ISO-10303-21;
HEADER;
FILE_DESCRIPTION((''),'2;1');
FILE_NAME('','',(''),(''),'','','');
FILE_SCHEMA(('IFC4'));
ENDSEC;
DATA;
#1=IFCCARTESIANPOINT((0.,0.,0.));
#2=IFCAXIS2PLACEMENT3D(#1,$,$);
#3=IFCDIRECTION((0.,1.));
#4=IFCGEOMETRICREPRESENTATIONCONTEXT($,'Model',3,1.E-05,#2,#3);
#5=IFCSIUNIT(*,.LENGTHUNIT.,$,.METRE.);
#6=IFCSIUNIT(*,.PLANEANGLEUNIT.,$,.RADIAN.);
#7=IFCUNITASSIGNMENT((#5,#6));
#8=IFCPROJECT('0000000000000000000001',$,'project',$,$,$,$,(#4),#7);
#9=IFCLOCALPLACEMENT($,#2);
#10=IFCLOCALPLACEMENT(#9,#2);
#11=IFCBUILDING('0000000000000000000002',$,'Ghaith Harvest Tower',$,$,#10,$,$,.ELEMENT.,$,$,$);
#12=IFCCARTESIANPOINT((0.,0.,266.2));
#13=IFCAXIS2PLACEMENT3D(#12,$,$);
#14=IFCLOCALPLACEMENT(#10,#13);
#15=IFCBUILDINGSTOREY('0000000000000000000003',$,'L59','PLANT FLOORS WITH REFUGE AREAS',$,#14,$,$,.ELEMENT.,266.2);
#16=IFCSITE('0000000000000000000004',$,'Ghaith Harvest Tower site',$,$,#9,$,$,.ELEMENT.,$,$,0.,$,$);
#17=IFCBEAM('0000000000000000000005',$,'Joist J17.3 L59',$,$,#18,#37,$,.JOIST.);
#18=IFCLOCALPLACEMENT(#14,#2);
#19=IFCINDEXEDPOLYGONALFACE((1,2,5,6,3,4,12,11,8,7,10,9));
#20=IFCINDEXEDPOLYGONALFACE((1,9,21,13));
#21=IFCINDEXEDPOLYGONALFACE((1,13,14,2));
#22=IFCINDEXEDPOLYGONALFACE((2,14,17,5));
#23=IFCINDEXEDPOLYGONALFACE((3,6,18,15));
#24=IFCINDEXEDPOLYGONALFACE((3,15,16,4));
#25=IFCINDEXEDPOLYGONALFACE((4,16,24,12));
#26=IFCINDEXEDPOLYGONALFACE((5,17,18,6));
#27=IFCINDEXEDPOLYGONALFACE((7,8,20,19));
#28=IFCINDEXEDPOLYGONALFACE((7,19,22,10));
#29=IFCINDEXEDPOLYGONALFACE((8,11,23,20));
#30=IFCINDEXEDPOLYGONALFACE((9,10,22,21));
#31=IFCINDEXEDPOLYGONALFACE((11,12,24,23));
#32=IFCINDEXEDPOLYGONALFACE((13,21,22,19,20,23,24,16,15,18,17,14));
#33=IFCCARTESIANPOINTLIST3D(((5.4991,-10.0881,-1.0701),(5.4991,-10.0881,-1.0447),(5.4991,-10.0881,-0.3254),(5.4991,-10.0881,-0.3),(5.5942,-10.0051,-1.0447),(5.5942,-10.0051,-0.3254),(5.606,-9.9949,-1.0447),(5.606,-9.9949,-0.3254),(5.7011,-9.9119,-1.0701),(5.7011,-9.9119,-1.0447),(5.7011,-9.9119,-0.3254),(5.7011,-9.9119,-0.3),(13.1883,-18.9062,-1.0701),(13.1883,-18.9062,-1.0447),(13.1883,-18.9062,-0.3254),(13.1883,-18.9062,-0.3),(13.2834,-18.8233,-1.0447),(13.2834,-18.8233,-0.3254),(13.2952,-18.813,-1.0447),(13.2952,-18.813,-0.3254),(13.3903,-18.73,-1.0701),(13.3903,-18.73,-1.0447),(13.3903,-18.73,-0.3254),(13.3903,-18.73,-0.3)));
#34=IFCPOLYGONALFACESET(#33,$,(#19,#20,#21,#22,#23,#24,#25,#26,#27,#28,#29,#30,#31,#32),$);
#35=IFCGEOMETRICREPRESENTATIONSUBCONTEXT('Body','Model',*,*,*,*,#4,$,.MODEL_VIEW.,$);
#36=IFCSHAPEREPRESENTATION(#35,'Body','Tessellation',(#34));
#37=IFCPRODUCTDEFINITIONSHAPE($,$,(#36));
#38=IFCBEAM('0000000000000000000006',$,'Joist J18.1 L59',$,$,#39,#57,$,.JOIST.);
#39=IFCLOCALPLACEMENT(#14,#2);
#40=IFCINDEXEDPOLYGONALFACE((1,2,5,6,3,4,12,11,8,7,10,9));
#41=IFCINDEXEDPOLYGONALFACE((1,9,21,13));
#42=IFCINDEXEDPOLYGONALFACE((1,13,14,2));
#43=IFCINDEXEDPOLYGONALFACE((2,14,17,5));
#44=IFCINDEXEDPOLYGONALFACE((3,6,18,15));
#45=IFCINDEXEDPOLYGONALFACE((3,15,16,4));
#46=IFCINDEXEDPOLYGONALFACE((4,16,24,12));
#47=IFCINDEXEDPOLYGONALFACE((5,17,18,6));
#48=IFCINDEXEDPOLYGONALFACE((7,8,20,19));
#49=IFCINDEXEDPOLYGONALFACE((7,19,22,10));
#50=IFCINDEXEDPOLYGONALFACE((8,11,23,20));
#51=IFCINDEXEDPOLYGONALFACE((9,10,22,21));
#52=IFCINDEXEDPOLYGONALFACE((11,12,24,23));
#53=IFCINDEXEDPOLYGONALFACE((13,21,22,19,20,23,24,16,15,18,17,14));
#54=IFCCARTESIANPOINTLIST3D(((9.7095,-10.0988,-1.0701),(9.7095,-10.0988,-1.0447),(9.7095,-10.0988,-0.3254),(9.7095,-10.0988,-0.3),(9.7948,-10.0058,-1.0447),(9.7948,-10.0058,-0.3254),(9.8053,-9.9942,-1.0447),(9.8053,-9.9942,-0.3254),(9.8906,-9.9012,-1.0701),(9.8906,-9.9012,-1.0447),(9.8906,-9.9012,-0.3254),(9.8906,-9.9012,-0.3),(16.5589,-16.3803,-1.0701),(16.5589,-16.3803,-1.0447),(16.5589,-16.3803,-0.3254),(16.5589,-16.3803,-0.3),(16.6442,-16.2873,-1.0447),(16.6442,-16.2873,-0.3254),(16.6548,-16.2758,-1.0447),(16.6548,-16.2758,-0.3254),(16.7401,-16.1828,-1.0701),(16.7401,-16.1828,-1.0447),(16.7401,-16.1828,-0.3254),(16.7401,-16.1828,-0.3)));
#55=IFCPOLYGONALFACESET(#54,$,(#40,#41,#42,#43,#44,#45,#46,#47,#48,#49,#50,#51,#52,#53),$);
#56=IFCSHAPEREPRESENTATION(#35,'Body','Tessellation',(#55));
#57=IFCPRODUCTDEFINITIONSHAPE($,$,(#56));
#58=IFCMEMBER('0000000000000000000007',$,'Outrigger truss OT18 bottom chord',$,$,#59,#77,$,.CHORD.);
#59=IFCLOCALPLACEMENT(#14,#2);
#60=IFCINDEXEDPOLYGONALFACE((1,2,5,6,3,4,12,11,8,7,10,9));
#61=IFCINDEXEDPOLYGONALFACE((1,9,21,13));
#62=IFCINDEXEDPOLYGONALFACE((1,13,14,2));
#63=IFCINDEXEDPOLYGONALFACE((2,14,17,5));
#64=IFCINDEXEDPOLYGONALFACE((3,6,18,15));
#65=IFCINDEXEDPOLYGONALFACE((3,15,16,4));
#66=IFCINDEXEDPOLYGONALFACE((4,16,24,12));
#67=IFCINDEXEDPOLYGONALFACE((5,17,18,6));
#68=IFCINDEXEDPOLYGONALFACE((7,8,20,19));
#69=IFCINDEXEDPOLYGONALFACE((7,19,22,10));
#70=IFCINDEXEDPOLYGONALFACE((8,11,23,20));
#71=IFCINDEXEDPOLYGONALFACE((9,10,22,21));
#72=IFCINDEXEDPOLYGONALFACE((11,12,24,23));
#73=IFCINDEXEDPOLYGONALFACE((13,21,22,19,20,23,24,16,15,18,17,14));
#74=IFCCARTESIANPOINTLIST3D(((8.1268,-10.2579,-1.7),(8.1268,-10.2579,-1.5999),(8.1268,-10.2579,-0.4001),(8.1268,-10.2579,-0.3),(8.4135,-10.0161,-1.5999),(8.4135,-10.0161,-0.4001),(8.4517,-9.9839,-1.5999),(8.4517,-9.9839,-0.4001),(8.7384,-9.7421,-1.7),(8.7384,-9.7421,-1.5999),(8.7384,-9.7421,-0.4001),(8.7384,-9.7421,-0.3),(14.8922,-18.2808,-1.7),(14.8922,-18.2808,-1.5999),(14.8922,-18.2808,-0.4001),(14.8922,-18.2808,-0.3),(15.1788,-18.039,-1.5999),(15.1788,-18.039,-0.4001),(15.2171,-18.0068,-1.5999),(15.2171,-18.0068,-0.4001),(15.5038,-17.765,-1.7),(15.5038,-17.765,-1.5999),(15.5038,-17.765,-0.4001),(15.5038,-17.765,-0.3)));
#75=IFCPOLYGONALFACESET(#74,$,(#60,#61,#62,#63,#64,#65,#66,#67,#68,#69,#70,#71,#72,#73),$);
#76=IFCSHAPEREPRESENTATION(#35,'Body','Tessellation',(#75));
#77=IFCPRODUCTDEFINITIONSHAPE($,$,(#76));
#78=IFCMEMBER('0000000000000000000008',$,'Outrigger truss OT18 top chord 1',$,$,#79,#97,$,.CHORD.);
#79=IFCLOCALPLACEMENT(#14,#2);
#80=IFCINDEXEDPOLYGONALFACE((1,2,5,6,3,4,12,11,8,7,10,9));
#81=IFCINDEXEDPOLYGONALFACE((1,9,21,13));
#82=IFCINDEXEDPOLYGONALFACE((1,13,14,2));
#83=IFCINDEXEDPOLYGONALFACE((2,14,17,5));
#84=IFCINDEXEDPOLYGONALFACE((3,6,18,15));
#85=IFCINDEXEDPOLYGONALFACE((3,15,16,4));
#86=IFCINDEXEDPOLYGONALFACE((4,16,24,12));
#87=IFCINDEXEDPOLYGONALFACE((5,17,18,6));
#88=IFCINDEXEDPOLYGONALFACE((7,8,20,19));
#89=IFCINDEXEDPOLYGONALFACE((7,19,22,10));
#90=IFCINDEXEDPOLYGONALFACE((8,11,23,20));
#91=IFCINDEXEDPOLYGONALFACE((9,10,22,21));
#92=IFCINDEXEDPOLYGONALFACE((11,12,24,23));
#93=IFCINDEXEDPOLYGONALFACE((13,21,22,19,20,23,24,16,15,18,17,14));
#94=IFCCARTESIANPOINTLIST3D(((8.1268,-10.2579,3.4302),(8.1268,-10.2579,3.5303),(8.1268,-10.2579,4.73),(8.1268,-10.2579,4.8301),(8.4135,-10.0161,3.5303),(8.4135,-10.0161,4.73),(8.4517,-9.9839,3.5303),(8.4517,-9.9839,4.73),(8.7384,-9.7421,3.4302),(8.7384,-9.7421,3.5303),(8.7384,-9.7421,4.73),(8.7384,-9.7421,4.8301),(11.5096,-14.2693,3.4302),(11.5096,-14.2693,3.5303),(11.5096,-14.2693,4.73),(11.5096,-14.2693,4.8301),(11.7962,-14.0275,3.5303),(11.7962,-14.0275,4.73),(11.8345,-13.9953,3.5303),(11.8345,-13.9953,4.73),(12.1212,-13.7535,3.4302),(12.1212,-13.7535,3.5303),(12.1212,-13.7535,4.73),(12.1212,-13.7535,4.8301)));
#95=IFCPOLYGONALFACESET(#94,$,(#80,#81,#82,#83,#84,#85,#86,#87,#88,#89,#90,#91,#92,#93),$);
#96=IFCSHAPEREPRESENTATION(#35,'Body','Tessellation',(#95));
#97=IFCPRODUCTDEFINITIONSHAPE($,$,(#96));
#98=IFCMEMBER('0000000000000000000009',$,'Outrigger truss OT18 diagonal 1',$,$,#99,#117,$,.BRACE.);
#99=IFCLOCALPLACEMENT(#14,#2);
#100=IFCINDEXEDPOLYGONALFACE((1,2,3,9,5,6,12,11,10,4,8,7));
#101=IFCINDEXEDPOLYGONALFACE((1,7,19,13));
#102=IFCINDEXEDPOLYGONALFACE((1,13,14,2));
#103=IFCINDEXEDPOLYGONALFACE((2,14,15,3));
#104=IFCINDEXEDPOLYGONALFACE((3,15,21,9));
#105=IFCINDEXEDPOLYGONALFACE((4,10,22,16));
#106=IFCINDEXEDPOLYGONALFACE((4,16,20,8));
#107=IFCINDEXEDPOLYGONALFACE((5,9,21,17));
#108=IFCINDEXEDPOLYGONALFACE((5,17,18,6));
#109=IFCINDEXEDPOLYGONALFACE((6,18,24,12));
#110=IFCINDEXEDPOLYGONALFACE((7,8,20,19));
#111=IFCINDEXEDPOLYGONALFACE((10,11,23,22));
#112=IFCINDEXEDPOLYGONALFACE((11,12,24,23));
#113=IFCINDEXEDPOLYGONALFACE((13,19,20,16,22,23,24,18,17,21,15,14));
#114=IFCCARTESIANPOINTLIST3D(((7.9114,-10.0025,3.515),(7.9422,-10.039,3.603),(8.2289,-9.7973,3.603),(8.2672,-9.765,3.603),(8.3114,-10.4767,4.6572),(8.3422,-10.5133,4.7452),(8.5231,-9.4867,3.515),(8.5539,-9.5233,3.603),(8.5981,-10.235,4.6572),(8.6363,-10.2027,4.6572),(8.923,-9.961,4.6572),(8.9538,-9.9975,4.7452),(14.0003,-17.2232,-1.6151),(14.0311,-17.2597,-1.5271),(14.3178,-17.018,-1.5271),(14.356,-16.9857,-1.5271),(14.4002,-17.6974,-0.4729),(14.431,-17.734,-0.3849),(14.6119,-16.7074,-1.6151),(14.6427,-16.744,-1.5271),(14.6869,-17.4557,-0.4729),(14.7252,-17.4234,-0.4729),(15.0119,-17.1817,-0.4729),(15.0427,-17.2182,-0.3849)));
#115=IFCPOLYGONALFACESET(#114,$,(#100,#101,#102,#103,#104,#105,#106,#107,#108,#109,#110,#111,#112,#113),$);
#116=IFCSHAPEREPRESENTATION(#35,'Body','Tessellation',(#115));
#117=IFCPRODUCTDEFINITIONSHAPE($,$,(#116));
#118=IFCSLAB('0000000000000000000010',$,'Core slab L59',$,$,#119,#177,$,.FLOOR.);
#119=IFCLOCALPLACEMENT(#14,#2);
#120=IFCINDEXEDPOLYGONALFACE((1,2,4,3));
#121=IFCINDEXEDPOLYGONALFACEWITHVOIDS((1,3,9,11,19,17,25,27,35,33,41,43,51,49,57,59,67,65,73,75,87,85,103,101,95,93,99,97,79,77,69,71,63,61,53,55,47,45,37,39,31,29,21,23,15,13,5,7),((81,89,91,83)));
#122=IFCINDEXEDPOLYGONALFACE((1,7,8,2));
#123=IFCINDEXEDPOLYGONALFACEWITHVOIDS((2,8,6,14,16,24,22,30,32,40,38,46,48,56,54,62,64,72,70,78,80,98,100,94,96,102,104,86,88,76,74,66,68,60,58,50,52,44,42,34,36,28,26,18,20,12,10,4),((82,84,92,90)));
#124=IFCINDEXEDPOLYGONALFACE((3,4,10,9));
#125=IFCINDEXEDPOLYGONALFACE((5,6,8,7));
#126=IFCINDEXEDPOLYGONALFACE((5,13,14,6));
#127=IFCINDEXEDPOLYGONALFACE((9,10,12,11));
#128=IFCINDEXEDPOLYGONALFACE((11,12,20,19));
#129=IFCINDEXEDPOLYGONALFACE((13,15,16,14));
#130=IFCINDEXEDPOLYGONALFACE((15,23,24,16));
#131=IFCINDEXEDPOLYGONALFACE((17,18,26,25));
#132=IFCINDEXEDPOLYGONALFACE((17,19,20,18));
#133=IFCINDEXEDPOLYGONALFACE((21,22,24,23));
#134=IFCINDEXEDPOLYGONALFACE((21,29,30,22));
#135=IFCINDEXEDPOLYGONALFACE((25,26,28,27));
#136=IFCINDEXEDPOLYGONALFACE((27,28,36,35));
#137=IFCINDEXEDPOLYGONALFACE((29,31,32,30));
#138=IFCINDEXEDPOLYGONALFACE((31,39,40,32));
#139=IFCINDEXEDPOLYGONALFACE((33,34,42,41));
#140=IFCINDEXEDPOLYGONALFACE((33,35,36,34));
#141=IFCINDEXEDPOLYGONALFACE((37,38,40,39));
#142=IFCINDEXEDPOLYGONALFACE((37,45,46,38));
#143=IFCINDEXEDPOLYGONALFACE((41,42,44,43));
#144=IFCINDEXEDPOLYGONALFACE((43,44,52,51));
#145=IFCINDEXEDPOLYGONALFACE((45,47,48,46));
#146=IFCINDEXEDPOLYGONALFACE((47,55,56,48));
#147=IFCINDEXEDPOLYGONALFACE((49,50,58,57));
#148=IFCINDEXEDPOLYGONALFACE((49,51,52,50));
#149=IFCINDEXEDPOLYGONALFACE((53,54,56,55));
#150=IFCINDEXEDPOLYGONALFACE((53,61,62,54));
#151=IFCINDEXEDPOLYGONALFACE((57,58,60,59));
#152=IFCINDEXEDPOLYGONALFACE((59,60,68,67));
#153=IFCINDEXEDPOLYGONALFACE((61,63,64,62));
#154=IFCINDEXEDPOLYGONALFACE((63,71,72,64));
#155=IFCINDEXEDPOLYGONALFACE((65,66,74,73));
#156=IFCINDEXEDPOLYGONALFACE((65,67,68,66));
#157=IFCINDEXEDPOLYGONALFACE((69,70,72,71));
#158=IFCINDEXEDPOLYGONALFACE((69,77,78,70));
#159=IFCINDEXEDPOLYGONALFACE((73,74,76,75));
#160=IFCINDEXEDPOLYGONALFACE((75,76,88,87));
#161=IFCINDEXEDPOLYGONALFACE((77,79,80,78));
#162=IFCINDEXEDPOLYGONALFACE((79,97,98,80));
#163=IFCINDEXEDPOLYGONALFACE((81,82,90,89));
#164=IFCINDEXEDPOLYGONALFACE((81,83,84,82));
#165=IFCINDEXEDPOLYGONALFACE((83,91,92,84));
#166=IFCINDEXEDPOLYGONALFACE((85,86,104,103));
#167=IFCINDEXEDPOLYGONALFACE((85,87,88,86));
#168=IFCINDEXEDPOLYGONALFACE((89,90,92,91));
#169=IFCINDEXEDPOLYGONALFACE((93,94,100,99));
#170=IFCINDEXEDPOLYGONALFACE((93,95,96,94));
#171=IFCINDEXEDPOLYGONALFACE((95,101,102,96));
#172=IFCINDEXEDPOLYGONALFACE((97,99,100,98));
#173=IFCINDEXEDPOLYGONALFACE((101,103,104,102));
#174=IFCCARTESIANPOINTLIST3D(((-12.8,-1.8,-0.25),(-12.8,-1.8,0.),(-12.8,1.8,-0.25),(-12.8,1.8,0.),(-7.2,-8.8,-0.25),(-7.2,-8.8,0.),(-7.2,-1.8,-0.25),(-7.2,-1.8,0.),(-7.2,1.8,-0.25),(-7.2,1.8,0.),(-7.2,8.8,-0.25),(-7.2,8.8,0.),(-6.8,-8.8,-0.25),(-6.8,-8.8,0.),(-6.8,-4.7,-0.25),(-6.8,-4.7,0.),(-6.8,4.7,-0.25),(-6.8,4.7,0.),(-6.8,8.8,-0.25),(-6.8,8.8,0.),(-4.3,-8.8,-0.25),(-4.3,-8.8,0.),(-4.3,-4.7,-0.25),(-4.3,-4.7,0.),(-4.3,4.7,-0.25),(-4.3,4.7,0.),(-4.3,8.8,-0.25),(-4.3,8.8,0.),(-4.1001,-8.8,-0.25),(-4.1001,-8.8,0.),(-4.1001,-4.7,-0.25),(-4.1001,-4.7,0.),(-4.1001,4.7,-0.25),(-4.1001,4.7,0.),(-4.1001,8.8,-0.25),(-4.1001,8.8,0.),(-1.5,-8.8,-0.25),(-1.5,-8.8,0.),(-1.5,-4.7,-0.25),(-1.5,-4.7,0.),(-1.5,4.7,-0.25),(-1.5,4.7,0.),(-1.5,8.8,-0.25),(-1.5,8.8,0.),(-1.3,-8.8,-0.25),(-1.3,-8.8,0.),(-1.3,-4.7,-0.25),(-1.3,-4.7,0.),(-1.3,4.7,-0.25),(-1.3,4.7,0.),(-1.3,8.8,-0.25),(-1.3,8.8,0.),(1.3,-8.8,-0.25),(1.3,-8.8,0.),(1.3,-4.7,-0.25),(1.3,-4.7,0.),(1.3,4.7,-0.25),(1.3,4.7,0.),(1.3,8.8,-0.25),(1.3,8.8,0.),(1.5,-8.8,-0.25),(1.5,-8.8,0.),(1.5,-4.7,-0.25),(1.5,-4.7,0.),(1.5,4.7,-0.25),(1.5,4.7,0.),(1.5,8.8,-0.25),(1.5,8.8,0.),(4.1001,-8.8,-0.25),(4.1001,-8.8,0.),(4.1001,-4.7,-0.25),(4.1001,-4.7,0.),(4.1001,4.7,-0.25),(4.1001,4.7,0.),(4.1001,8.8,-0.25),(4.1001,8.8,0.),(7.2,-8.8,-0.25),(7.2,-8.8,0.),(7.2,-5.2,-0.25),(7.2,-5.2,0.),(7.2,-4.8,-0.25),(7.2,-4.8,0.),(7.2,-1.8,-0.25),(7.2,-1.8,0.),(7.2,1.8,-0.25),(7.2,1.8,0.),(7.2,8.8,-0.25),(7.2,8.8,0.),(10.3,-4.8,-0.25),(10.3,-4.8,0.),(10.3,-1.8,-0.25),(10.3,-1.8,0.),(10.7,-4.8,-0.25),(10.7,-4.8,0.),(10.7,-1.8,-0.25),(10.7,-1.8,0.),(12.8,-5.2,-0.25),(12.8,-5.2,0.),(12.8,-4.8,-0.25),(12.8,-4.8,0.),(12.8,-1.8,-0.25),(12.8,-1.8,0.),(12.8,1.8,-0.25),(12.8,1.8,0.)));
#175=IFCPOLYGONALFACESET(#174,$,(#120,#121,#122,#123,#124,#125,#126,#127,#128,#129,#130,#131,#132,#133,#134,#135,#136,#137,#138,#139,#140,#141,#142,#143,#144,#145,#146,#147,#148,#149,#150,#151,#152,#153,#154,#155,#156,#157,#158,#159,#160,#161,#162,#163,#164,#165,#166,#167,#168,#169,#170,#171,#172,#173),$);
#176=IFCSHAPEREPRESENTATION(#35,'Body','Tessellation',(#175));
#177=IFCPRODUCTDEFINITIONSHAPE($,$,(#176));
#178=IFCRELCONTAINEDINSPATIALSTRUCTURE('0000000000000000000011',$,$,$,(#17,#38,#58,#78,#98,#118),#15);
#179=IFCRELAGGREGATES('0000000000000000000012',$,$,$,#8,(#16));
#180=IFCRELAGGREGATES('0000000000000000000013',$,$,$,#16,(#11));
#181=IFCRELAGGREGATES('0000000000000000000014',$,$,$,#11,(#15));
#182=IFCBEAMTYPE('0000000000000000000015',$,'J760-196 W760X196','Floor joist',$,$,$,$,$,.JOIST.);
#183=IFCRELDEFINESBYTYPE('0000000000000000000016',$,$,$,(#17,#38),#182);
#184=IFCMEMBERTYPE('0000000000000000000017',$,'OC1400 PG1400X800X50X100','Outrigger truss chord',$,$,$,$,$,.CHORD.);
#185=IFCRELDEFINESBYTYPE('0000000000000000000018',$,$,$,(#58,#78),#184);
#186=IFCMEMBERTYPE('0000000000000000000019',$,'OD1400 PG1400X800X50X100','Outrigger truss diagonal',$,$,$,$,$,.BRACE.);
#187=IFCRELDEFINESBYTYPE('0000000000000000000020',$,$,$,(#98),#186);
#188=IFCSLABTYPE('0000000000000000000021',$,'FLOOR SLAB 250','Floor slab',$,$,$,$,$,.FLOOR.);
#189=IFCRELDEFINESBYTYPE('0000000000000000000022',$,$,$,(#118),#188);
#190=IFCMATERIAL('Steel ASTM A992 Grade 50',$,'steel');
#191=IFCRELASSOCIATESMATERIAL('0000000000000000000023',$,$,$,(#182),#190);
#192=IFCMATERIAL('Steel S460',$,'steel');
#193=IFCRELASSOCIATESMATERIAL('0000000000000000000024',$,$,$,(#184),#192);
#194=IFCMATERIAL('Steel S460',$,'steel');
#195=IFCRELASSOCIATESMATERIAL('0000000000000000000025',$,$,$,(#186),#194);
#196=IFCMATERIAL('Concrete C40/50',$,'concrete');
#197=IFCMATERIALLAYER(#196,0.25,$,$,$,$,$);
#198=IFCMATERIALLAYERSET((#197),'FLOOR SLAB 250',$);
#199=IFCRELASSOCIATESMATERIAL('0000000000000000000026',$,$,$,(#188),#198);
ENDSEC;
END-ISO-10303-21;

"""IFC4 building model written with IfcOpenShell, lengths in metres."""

from ifc_helpers import new_model, si_unit, direction, frame, origin, origin_2d, place, context, subcontext, project, spatial, polyline, i_section, outline, extrude, material, layer, layer_set, material_profile, profile_set, type_object, element, save


model = new_model("IFC4")

# Units and contexts
model_context = context("Model", 3, precision=1e-05, world=origin(), true_north=direction((0.0, 1.0)))
body_context = subcontext(model_context, "Body", "Model", "MODEL_VIEW")
ifc_project = project(units=[si_unit("LENGTHUNIT", "METRE"), si_unit("PLANEANGLEUNIT", "RADIAN")], contexts=[model_context])

# Site, building, storey
site_placement = place(None, origin())
site = spatial("IfcSite", under=ifc_project, at=site_placement, Name="Ghaith Harvest Tower site", CompositionType="ELEMENT", RefElevation=0.0)
building_placement = place(site_placement, origin())
building = spatial("IfcBuilding", under=site, at=building_placement, Name="Ghaith Harvest Tower", CompositionType="ELEMENT")
storey_placement = place(building_placement, frame((0.0, 0.0, 266.2)))
storey = spatial("IfcBuildingStorey", under=building, at=storey_placement, Name="L59", Description="PLANT FLOORS WITH REFUGE AREAS", CompositionType="ELEMENT", Elevation=266.2)

# Beams
ifc_material_1 = material(Name="Steel ASTM A992 Grade 50", Category="steel")
ifc_material_profile_1 = material_profile(ifc_material_1, i_section(OverallWidth=0.2681, OverallDepth=0.77, WebThickness=0.0156, FlangeThickness=0.0254, at=origin_2d()), Name="W760X196")
ifc_profile_set_1 = profile_set([ifc_material_profile_1], Name="Steel ASTM A992 Grade 50")
beam_type = type_object("IfcBeamType", Name="J760-196 W760X196", Description="Floor joist", PredefinedType="JOIST", material=ifc_profile_set_1)
beam_1_placement = place(storey_placement, frame((5.6001, -10.0, -0.6851), z_axis=(0.657214, -0.753704, 0.0), x_axis=(0.753704, 0.657214, 0.0)))
element("IfcBeam", 1, at=beam_1_placement, inside=storey, type_object=beam_type, Name="Joist J17.3 L59", PredefinedType="JOIST", context=body_context, shape_type="SweptSolid", body=[
    extrude(i_section(OverallWidth=0.2681, OverallDepth=0.77, WebThickness=0.0156, FlangeThickness=0.0254, at=origin_2d()), origin(), (0.0, 0.0, 1.0), 11.6997),
])
beam_2_placement = place(storey_placement, frame((9.8, -10.0, -0.6851), z_axis=(0.736998, -0.675895, 0.0), x_axis=(0.675895, 0.736998, 0.0)))
element("IfcBeam", 2, at=beam_2_placement, inside=storey, type_object=beam_type, Name="Joist J18.1 L59", PredefinedType="JOIST", context=body_context, shape_type="SweptSolid", body=[
    extrude(i_section(OverallWidth=0.2681, OverallDepth=0.77, WebThickness=0.0156, FlangeThickness=0.0254, at=origin_2d()), origin(), (0.0, 0.0, 1.0), 9.2937),
])

# Members
ifc_material_2 = material(Name="Steel S460", Category="steel")
ifc_material_profile_2 = material_profile(ifc_material_2, i_section(OverallWidth=0.8, OverallDepth=1.3999, WebThickness=0.05, FlangeThickness=0.1001, at=origin_2d()), Name="PG1400X800X50X100")
ifc_profile_set_2 = profile_set([ifc_material_profile_2], Name="Steel S460")
member_type_1 = type_object("IfcMemberType", Name="OC1400 PG1400X800X50X100", Description="Outrigger truss chord", PredefinedType="CHORD", material=ifc_profile_set_2)
member_1_placement = place(storey_placement, frame((8.4326, -10.0, -1.0), z_axis=(0.644649, -0.764478, 0.0), x_axis=(0.764478, 0.644649, 0.0)))
element("IfcMember", 3, at=member_1_placement, inside=storey, type_object=member_type_1, Name="Outrigger truss OT18 bottom chord", PredefinedType="CHORD", context=body_context, shape_type="SweptSolid", body=[
    extrude(i_section(OverallWidth=0.8, OverallDepth=1.3999, WebThickness=0.05, FlangeThickness=0.1001, at=origin_2d()), origin(), (0.0, 0.0, 1.0), 10.4946),
])
member_2_placement = place(storey_placement, frame((8.4326, -10.0, 4.1301), z_axis=(0.644663, -0.764467, 0.0), x_axis=(0.764467, 0.644663, 0.0)))
element("IfcMember", 4, at=member_2_placement, inside=storey, type_object=member_type_1, Name="Outrigger truss OT18 top chord 1", PredefinedType="CHORD", context=body_context, shape_type="SweptSolid", body=[
    extrude(i_section(OverallWidth=0.8, OverallDepth=1.3999, WebThickness=0.05, FlangeThickness=0.1001, at=origin_2d()), origin(), (0.0, 0.0, 1.0), 5.2473),
])
ifc_material_3 = material(Name="Steel S460", Category="steel")
ifc_material_profile_3 = material_profile(ifc_material_3, i_section(OverallWidth=0.8, OverallDepth=1.3999, WebThickness=0.05, FlangeThickness=0.1001, at=origin_2d()), Name="PG1400X800X50X100")
ifc_profile_set_3 = profile_set([ifc_material_profile_3], Name="Steel S460")
member_type_2 = type_object("IfcMemberType", Name="OD1400 PG1400X800X50X100", Description="Outrigger truss diagonal", PredefinedType="BRACE", material=ifc_profile_set_3)
member_3_placement = place(storey_placement, frame((8.4326, -10.0, 4.1301), z_axis=(0.566483, -0.671785, -0.477286), x_axis=(0.764479, 0.644648, 0.0)))
element("IfcMember", 5, at=member_3_placement, inside=storey, type_object=member_type_2, Name="Outrigger truss OT18 diagonal 1", PredefinedType="BRACE", context=body_context, shape_type="SweptSolid", body=[
    extrude(i_section(OverallWidth=0.8, OverallDepth=1.3999, WebThickness=0.05, FlangeThickness=0.1001, at=origin_2d()), origin(), (0.0, 0.0, 1.0), 10.7485),
])

# Slab
ifc_material_4 = material(Name="Concrete C40/50", Category="concrete")
ifc_layer_1 = layer(ifc_material_4, 0.25)
ifc_layer_set_1 = layer_set([ifc_layer_1], Name="FLOOR SLAB 250")
slab_type_1 = type_object("IfcSlabType", Name="FLOOR SLAB 250", Description="Floor slab", PredefinedType="FLOOR", material=ifc_layer_set_1)
slab_1_placement = place(storey_placement, frame((0.0, 0.0, -0.25)))
element("IfcSlab", 6, at=slab_1_placement, inside=storey, type_object=slab_type_1, Name="Core slab L59", PredefinedType="FLOOR", context=body_context, shape_type="SweptSolid", body=[
    extrude(outline(polyline([(-12.8, 1.8), (-7.2, 1.8), (-7.2, 8.8), (-6.8, 8.8), (-6.8, 4.7), (-4.3, 4.7), (-4.3, 8.8), (-4.1001, 8.8), (-4.1001, 4.7), (-1.5, 4.7), (-1.5, 8.8), (-1.3, 8.8), (-1.3, 4.7), (1.3, 4.7), (1.3, 8.8), (1.5, 8.8), (1.5, 4.7), (4.1001, 4.7), (4.1001, 8.8), (7.2, 8.8), (7.2, 1.8), (12.8, 1.8), (12.8, -1.8), (10.7, -1.8), (10.7, -4.8), (12.8, -4.8), (12.8, -5.2), (7.2, -5.2), (7.2, -8.8), (4.1001, -8.8), (4.1001, -4.7), (1.5, -4.7), (1.5, -8.8), (1.3, -8.8), (1.3, -4.7), (-1.3, -4.7), (-1.3, -8.8), (-1.5, -8.8), (-1.5, -4.7), (-4.1001, -4.7), (-4.1001, -8.8), (-4.3, -8.8), (-4.3, -4.7), (-6.8, -4.7), (-6.8, -8.8), (-7.2, -8.8), (-7.2, -1.8), (-12.8, -1.8), (-12.8, 1.8)]), holes=[polyline([(10.3, -4.8), (10.3, -1.8), (7.2, -1.8), (7.2, -4.8), (10.3, -4.8)])]), origin(), (0.0, 0.0, 1.0), 0.25),
])

save(model, "model.ifc")
